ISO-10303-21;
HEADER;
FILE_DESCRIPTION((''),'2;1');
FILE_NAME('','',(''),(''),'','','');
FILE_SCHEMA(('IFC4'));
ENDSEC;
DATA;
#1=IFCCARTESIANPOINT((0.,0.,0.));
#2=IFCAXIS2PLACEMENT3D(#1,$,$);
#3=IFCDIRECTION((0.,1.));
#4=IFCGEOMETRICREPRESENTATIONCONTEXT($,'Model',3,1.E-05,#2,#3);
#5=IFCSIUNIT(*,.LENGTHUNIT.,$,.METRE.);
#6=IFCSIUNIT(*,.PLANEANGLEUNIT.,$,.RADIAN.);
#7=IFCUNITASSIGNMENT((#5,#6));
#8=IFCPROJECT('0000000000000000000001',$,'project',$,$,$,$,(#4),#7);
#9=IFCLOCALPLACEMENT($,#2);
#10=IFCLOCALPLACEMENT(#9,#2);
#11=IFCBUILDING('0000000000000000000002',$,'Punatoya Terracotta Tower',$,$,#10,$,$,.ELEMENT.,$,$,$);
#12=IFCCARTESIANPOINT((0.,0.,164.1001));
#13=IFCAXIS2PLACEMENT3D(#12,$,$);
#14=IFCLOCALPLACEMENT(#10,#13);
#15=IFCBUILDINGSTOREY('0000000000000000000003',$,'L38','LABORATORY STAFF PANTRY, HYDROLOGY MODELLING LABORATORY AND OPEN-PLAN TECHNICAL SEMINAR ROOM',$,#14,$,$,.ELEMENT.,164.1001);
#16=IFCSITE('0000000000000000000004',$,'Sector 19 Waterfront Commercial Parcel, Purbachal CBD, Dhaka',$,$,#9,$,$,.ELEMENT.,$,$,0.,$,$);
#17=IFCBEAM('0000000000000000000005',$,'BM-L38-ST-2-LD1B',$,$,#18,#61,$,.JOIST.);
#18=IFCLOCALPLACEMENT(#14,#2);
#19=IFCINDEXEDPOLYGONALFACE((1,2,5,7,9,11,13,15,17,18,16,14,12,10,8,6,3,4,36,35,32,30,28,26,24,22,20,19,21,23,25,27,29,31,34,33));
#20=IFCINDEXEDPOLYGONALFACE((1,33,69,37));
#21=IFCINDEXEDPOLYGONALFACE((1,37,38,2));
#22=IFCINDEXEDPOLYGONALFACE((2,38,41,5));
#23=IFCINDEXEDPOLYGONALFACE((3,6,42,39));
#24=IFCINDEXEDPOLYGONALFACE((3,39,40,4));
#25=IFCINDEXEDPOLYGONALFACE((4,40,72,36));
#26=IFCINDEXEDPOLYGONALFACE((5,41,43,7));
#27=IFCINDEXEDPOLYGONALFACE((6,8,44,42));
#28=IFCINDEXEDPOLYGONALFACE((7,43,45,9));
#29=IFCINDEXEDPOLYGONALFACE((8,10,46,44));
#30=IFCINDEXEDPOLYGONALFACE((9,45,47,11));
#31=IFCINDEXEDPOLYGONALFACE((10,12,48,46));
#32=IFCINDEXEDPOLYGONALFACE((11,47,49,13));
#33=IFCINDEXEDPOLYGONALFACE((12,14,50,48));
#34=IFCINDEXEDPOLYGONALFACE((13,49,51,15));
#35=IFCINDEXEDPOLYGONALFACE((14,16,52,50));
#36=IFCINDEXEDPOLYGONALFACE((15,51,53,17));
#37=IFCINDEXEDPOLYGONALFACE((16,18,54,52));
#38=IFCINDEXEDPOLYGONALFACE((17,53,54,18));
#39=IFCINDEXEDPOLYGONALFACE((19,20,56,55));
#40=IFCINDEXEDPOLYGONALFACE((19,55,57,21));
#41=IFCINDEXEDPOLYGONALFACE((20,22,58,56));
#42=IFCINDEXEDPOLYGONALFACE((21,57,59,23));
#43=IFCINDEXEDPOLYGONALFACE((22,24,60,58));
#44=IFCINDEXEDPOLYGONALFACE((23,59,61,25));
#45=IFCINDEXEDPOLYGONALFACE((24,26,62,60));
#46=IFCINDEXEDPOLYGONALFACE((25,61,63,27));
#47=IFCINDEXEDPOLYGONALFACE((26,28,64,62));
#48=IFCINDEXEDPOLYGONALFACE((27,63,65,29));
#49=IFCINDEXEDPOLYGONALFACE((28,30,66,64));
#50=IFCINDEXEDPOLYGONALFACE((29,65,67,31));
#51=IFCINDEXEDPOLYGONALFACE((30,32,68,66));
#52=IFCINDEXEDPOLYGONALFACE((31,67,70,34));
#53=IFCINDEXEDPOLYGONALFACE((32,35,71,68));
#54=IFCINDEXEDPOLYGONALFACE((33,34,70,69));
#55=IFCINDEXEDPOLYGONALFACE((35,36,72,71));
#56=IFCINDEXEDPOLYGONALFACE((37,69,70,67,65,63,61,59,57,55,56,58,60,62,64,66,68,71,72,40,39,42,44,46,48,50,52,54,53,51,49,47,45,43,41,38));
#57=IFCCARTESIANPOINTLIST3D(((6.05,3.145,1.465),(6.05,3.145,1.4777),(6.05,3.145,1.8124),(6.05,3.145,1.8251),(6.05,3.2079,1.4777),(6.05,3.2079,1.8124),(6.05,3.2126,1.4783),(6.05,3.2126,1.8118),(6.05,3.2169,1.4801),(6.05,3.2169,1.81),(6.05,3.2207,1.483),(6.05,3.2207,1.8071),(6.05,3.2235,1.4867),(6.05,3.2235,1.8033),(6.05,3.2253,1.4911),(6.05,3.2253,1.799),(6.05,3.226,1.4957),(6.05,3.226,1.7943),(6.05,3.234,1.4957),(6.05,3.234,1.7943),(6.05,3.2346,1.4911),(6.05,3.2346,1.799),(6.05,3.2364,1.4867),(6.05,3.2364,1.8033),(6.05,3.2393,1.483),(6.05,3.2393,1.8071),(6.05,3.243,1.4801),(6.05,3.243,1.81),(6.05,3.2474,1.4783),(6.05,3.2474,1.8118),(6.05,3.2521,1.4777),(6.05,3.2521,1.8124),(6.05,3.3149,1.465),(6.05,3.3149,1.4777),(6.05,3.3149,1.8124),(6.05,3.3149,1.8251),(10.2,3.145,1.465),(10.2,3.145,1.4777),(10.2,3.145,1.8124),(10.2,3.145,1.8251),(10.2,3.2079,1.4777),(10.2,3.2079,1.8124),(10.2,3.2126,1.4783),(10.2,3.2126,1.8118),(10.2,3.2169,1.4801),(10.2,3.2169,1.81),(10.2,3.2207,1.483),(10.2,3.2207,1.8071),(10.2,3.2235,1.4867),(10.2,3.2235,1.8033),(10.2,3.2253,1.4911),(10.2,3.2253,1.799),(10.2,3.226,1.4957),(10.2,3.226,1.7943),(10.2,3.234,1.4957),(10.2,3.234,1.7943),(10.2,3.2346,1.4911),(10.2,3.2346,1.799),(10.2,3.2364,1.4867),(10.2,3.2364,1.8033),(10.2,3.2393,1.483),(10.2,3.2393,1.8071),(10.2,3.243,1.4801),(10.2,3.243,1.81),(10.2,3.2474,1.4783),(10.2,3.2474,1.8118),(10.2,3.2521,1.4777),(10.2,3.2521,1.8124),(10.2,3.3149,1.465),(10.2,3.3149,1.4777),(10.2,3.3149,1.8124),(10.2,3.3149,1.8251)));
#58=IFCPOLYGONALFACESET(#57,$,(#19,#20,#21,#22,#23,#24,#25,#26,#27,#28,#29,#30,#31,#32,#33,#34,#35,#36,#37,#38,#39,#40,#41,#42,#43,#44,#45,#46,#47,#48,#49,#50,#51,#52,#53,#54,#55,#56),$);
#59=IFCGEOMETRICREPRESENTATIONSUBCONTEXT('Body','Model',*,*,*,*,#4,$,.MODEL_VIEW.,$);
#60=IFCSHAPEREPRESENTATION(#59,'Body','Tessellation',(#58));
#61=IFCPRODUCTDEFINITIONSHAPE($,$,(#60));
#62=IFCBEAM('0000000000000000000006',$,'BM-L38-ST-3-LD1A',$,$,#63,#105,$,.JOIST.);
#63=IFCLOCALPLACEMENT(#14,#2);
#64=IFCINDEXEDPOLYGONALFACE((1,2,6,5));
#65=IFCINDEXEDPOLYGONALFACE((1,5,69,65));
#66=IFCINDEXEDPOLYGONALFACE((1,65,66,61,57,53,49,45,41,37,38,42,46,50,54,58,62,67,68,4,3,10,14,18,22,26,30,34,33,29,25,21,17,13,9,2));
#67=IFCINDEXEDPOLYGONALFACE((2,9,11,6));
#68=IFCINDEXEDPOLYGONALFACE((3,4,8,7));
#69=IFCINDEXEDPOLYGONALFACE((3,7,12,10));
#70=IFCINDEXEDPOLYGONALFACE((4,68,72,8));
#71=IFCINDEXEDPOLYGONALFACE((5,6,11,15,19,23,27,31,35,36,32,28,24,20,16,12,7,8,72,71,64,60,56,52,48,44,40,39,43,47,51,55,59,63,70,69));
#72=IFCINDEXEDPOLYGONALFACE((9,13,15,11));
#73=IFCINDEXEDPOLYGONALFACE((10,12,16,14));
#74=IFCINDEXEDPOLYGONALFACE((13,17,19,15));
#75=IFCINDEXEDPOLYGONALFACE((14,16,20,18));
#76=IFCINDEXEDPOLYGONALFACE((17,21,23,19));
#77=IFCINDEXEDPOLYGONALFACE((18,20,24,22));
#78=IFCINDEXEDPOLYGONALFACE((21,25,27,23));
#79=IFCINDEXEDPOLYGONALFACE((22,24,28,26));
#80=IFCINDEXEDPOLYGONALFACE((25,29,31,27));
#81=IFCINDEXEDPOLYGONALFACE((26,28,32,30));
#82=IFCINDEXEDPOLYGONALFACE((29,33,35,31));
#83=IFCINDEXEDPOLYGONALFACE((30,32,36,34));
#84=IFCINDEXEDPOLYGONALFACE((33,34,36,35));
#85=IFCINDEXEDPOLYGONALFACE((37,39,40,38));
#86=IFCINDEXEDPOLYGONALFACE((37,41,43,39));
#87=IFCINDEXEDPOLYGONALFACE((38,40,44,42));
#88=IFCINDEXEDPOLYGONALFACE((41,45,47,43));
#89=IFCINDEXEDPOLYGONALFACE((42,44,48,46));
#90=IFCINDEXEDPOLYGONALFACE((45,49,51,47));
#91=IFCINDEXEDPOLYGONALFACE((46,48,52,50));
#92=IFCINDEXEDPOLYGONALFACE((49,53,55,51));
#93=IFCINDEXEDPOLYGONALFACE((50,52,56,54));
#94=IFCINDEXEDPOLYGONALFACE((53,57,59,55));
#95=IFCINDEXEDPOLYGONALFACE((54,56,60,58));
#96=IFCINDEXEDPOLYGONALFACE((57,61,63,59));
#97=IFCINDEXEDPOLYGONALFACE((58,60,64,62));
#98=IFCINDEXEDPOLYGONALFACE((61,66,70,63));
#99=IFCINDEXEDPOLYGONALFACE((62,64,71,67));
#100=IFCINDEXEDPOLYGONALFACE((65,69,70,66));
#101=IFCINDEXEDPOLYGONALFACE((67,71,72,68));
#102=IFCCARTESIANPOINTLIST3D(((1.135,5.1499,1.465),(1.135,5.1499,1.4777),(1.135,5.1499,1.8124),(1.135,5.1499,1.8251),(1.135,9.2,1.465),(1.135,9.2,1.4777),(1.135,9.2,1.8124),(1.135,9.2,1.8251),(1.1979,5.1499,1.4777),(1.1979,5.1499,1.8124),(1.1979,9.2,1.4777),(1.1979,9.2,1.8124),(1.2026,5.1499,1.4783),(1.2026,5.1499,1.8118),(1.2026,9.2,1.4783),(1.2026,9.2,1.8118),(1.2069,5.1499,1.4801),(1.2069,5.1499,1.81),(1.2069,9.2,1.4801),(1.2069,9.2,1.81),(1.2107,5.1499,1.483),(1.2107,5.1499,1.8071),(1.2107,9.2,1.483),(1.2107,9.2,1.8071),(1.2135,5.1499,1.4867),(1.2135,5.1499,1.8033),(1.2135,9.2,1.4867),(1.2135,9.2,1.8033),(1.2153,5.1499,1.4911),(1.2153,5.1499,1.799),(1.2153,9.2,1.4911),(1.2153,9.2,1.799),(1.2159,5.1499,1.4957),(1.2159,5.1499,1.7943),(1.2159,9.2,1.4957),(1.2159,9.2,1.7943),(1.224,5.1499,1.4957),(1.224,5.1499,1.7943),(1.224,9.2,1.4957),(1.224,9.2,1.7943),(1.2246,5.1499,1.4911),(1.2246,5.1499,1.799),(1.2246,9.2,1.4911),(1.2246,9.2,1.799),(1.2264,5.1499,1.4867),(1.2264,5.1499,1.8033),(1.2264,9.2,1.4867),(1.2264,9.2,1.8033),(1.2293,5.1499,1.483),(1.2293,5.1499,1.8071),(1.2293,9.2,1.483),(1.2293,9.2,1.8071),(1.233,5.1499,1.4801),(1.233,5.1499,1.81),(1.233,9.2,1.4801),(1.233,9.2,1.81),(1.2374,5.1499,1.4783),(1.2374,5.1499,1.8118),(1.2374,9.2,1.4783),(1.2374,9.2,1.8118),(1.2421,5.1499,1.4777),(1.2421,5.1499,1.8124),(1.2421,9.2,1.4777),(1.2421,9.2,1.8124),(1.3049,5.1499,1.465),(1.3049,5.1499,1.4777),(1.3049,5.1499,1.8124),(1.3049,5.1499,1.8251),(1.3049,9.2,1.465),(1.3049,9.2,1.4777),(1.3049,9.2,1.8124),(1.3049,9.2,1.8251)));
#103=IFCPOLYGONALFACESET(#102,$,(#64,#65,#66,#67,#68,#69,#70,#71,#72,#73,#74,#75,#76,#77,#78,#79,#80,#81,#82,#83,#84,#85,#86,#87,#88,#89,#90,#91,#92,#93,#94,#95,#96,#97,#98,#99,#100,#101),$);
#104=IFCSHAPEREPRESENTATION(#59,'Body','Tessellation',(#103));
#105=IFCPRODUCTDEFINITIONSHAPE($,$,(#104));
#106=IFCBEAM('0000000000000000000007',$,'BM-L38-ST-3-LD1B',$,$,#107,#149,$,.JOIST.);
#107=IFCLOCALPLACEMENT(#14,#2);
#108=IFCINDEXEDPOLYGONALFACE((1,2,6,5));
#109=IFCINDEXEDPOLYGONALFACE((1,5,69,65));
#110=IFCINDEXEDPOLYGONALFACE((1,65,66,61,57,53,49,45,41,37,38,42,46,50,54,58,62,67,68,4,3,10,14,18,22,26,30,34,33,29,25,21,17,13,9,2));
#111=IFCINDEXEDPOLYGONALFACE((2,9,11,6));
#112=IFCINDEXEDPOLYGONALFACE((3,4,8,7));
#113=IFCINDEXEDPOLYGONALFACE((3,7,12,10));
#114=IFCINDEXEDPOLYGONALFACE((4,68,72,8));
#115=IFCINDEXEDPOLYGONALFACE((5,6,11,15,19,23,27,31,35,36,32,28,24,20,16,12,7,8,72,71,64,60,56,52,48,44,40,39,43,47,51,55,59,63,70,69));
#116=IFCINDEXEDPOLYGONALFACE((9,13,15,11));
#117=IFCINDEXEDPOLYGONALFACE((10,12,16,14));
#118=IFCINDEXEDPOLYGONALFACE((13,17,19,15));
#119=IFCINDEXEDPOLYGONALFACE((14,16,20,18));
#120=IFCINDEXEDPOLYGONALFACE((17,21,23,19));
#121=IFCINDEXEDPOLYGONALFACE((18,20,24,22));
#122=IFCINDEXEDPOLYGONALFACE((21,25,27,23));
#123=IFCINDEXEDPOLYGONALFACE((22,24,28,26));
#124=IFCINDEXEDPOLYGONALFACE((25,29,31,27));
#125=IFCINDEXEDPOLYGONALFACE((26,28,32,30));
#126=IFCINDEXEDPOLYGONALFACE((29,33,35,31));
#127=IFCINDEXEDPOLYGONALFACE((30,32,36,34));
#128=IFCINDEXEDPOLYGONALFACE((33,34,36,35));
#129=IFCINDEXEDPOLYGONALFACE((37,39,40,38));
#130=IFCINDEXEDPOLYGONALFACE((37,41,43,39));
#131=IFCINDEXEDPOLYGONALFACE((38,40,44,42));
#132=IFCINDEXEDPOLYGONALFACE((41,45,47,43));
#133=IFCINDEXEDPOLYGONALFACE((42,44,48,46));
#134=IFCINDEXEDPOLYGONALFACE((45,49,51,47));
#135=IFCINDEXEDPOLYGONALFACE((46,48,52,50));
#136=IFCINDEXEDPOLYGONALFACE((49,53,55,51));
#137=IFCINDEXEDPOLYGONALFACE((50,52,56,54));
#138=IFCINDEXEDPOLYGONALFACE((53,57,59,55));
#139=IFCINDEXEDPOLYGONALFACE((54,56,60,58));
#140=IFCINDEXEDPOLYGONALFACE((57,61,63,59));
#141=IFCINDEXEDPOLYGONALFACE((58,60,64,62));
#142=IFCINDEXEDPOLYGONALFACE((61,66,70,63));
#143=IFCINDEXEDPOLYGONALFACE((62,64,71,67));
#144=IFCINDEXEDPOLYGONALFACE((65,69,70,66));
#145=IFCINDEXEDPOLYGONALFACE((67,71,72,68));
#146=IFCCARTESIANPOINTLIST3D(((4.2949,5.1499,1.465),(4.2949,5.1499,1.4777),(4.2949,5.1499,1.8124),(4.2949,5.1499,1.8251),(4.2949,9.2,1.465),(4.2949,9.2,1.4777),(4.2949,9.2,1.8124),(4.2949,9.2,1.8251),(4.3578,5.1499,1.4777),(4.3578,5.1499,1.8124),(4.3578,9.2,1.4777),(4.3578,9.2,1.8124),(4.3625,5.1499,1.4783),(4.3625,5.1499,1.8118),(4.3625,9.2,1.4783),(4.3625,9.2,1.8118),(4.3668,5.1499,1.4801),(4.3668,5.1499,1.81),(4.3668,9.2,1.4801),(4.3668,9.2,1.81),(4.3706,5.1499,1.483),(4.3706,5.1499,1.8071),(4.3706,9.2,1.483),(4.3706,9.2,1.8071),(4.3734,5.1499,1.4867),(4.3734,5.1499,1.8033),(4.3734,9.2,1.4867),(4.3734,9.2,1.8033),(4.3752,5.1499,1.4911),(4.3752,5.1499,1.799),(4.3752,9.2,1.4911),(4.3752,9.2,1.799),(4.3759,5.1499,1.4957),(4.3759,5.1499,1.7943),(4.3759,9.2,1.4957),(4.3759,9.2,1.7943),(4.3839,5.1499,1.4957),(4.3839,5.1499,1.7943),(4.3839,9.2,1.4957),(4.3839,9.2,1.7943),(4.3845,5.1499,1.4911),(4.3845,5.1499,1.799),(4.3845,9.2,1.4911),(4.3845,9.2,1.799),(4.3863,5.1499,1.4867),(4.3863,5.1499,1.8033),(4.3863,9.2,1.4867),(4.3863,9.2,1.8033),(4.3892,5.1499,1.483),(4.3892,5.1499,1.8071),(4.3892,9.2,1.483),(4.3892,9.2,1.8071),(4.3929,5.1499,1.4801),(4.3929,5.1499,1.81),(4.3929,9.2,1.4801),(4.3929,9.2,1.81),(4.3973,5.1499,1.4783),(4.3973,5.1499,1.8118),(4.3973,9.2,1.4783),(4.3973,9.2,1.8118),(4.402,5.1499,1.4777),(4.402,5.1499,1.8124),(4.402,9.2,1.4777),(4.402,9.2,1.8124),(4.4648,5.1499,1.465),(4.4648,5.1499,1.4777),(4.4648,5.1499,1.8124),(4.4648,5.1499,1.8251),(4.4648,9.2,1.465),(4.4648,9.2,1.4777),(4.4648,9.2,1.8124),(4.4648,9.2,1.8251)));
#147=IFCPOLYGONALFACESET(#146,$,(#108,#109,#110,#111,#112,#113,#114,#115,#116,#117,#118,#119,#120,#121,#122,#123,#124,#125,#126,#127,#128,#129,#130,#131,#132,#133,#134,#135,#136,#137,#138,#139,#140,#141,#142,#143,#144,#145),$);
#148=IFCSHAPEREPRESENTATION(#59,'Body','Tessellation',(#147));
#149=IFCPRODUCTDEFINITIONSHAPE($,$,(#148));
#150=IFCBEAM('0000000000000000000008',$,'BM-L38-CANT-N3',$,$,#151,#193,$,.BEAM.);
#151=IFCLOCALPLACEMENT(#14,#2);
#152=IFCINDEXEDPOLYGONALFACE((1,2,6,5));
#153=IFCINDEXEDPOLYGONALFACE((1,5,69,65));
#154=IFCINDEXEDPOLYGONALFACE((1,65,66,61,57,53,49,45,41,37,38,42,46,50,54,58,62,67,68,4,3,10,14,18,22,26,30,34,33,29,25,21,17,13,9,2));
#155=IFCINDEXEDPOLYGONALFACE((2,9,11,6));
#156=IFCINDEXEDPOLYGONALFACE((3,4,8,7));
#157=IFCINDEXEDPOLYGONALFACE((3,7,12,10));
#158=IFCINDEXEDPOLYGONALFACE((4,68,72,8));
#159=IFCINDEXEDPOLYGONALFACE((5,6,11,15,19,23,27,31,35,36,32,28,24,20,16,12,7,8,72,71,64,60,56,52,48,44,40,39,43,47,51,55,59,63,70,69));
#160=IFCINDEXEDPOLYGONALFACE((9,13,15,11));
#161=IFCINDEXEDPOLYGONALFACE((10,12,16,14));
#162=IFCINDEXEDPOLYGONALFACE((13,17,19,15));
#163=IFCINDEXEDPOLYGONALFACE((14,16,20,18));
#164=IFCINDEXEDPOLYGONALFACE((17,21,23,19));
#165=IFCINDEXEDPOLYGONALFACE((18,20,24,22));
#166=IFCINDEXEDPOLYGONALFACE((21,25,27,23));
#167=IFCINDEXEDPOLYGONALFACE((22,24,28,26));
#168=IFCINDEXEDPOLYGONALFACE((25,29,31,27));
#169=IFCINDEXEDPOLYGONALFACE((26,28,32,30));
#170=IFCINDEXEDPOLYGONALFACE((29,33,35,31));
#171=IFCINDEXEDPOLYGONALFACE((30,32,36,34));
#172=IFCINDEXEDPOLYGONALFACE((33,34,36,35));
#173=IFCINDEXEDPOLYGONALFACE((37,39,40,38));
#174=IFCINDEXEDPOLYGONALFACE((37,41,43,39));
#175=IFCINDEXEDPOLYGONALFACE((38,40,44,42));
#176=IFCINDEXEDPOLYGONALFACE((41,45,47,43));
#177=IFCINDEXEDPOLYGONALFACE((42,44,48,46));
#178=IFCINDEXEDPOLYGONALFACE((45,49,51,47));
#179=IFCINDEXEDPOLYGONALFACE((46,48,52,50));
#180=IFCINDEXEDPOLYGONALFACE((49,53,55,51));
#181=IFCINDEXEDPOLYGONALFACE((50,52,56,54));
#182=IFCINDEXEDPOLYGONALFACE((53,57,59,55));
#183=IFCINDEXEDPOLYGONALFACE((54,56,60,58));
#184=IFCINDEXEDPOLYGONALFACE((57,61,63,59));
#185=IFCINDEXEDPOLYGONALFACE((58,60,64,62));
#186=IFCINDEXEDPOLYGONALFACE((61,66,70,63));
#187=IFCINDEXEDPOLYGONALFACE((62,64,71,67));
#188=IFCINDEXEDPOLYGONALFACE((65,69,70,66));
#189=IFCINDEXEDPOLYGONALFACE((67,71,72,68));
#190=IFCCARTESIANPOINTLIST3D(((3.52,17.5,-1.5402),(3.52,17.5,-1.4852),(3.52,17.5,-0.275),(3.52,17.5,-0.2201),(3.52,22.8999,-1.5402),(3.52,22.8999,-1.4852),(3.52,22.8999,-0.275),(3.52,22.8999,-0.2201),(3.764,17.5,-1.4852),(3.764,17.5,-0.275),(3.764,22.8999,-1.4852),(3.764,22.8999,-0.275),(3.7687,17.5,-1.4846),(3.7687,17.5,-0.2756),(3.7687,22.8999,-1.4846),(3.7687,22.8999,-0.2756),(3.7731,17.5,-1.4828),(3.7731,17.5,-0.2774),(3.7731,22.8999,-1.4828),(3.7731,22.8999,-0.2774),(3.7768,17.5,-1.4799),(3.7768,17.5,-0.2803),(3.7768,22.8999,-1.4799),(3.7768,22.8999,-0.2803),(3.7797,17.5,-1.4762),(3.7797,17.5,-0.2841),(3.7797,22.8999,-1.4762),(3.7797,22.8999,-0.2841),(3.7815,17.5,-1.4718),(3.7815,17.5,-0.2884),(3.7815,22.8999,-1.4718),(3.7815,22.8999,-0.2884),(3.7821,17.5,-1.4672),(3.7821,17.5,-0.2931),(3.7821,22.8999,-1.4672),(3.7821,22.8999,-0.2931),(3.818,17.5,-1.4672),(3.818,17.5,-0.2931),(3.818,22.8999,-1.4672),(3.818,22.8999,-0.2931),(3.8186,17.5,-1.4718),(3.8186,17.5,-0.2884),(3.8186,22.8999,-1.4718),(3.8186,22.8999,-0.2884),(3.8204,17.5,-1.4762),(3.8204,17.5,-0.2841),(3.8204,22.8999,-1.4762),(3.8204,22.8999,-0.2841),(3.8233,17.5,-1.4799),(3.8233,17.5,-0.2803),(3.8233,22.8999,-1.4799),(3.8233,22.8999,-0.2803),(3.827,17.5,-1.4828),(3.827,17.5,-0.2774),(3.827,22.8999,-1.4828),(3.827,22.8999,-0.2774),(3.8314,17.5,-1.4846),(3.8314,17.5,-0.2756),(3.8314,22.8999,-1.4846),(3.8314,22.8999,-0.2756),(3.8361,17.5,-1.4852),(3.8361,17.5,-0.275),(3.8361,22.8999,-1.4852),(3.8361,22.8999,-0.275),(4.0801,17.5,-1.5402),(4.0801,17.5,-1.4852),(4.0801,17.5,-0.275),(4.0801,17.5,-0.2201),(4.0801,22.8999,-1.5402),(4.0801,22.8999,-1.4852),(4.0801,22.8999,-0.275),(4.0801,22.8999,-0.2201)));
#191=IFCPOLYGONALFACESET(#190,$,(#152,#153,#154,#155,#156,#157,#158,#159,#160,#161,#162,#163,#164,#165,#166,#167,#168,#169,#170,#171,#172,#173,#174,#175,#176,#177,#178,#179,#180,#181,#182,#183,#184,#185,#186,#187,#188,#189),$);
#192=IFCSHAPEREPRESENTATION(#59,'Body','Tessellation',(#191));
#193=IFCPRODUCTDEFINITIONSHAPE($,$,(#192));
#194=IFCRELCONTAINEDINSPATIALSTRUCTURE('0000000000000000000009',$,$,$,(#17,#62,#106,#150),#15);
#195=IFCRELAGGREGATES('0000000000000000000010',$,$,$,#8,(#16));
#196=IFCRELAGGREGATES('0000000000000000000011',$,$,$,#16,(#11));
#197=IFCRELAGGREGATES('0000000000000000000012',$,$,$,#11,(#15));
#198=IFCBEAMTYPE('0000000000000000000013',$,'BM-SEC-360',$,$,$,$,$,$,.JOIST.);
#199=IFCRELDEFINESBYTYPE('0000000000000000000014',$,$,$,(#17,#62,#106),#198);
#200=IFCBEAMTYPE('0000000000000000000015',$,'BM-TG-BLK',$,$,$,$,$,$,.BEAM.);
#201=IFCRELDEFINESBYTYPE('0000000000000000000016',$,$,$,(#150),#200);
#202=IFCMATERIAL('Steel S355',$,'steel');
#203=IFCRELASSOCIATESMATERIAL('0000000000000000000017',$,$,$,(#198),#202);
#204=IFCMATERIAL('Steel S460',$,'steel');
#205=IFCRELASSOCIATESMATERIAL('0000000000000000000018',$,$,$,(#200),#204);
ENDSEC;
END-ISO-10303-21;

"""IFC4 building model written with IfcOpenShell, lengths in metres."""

from ifc_helpers import new_model, si_unit, direction, frame, origin, origin_2d, place, context, subcontext, project, spatial, i_section, extrude, material, material_profile, profile_set, type_object, element, save


model = new_model("IFC4")

# Units and contexts
model_context = context("Model", 3, precision=1e-05, world=origin(), true_north=direction((0.0, 1.0)))
body_context = subcontext(model_context, "Body", "Model", "MODEL_VIEW")
ifc_project = project(units=[si_unit("LENGTHUNIT", "METRE"), si_unit("PLANEANGLEUNIT", "RADIAN")], contexts=[model_context])

# Site, building, storey
site_placement = place(None, origin())
site = spatial("IfcSite", under=ifc_project, at=site_placement, Name="Sector 19 Waterfront Commercial Parcel, Purbachal CBD, Dhaka", CompositionType="ELEMENT", RefElevation=0.0)
building_placement = place(site_placement, origin())
building = spatial("IfcBuilding", under=site, at=building_placement, Name="Punatoya Terracotta Tower", CompositionType="ELEMENT")
storey_placement = place(building_placement, frame((0.0, 0.0, 164.1001)))
storey = spatial("IfcBuildingStorey", under=building, at=storey_placement, Name="L38", Description="LABORATORY STAFF PANTRY, HYDROLOGY MODELLING LABORATORY AND OPEN-PLAN TECHNICAL SEMINAR ROOM", CompositionType="ELEMENT", Elevation=164.1001)

# Shared definitions
ifc_material_1 = material(Name="Steel S460", Category="steel")

# Beams
ifc_material_2 = material(Name="Steel S355", Category="steel")
ifc_material_profile_1 = material_profile(ifc_material_2, i_section(OverallWidth=0.1699, OverallDepth=0.3601, WebThickness=0.0081, FlangeThickness=0.0127, FilletRadius=0.0181, at=origin_2d()))
ifc_profile_set_1 = profile_set([ifc_material_profile_1], Name="Steel S355")
beam_type_1 = type_object("IfcBeamType", Name="BM-SEC-360", PredefinedType="JOIST", material=ifc_profile_set_1)
for number, where, z_axis, x_axis, name in (
    (1, (6.05, 3.23, 1.645), (1.0, 0.0, 0.0), (0.0, 1.0, 0.0), "BM-L38-ST-2-LD1B"),
):
    element("IfcBeam", number, at=place(storey_placement, frame(where, z_axis=z_axis, x_axis=x_axis)), inside=storey, type_object=beam_type_1, Name=name, PredefinedType="JOIST", context=body_context, shape_type="SweptSolid", body=[
        extrude(i_section(OverallWidth=0.1699, OverallDepth=0.3601, WebThickness=0.0081, FlangeThickness=0.0127, FilletRadius=0.0181, at=origin_2d()), origin(), (0.0, 0.0, 1.0), 4.1499),
    ])
for number, where, z_axis, x_axis, name in (
    (2, (1.22, 5.1499, 1.645), (0.0, 1.0, 0.0), (-1.0, 0.0, 0.0), "BM-L38-ST-3-LD1A"),
    (3, (4.3799, 5.1499, 1.645), (0.0, 1.0, 0.0), (-1.0, 0.0, 0.0), "BM-L38-ST-3-LD1B"),
):
    element("IfcBeam", number, at=place(storey_placement, frame(where, z_axis=z_axis, x_axis=x_axis)), inside=storey, type_object=beam_type_1, Name=name, PredefinedType="JOIST", context=body_context, shape_type="SweptSolid", body=[
        extrude(i_section(OverallWidth=0.1699, OverallDepth=0.3601, WebThickness=0.0081, FlangeThickness=0.0127, FilletRadius=0.0181, at=origin_2d()), origin(), (0.0, 0.0, 1.0), 4.05),
    ])
ifc_material_profile_2 = material_profile(ifc_material_1, i_section(OverallWidth=0.5601, OverallDepth=1.3201, WebThickness=0.0359, FlangeThickness=0.0549, FilletRadius=0.0181, at=origin_2d()))
ifc_profile_set_2 = profile_set([ifc_material_profile_2], Name="Steel S460")
beam_type_2 = type_object("IfcBeamType", Name="BM-TG-BLK", PredefinedType="BEAM", material=ifc_profile_set_2)
beam_1_placement = place(storey_placement, frame((3.8, 17.5, -0.8801), z_axis=(0.0, 1.0, 0.0), x_axis=(-1.0, 0.0, 0.0)))
element("IfcBeam", 4, at=beam_1_placement, inside=storey, type_object=beam_type_2, Name="BM-L38-CANT-N3", PredefinedType="BEAM", context=body_context, shape_type="SweptSolid", body=[
    extrude(i_section(OverallWidth=0.5601, OverallDepth=1.3201, WebThickness=0.0359, FlangeThickness=0.0549, FilletRadius=0.0181, at=origin_2d()), origin(), (0.0, 0.0, 1.0), 5.3999),
])

save(model, "model.ifc")
